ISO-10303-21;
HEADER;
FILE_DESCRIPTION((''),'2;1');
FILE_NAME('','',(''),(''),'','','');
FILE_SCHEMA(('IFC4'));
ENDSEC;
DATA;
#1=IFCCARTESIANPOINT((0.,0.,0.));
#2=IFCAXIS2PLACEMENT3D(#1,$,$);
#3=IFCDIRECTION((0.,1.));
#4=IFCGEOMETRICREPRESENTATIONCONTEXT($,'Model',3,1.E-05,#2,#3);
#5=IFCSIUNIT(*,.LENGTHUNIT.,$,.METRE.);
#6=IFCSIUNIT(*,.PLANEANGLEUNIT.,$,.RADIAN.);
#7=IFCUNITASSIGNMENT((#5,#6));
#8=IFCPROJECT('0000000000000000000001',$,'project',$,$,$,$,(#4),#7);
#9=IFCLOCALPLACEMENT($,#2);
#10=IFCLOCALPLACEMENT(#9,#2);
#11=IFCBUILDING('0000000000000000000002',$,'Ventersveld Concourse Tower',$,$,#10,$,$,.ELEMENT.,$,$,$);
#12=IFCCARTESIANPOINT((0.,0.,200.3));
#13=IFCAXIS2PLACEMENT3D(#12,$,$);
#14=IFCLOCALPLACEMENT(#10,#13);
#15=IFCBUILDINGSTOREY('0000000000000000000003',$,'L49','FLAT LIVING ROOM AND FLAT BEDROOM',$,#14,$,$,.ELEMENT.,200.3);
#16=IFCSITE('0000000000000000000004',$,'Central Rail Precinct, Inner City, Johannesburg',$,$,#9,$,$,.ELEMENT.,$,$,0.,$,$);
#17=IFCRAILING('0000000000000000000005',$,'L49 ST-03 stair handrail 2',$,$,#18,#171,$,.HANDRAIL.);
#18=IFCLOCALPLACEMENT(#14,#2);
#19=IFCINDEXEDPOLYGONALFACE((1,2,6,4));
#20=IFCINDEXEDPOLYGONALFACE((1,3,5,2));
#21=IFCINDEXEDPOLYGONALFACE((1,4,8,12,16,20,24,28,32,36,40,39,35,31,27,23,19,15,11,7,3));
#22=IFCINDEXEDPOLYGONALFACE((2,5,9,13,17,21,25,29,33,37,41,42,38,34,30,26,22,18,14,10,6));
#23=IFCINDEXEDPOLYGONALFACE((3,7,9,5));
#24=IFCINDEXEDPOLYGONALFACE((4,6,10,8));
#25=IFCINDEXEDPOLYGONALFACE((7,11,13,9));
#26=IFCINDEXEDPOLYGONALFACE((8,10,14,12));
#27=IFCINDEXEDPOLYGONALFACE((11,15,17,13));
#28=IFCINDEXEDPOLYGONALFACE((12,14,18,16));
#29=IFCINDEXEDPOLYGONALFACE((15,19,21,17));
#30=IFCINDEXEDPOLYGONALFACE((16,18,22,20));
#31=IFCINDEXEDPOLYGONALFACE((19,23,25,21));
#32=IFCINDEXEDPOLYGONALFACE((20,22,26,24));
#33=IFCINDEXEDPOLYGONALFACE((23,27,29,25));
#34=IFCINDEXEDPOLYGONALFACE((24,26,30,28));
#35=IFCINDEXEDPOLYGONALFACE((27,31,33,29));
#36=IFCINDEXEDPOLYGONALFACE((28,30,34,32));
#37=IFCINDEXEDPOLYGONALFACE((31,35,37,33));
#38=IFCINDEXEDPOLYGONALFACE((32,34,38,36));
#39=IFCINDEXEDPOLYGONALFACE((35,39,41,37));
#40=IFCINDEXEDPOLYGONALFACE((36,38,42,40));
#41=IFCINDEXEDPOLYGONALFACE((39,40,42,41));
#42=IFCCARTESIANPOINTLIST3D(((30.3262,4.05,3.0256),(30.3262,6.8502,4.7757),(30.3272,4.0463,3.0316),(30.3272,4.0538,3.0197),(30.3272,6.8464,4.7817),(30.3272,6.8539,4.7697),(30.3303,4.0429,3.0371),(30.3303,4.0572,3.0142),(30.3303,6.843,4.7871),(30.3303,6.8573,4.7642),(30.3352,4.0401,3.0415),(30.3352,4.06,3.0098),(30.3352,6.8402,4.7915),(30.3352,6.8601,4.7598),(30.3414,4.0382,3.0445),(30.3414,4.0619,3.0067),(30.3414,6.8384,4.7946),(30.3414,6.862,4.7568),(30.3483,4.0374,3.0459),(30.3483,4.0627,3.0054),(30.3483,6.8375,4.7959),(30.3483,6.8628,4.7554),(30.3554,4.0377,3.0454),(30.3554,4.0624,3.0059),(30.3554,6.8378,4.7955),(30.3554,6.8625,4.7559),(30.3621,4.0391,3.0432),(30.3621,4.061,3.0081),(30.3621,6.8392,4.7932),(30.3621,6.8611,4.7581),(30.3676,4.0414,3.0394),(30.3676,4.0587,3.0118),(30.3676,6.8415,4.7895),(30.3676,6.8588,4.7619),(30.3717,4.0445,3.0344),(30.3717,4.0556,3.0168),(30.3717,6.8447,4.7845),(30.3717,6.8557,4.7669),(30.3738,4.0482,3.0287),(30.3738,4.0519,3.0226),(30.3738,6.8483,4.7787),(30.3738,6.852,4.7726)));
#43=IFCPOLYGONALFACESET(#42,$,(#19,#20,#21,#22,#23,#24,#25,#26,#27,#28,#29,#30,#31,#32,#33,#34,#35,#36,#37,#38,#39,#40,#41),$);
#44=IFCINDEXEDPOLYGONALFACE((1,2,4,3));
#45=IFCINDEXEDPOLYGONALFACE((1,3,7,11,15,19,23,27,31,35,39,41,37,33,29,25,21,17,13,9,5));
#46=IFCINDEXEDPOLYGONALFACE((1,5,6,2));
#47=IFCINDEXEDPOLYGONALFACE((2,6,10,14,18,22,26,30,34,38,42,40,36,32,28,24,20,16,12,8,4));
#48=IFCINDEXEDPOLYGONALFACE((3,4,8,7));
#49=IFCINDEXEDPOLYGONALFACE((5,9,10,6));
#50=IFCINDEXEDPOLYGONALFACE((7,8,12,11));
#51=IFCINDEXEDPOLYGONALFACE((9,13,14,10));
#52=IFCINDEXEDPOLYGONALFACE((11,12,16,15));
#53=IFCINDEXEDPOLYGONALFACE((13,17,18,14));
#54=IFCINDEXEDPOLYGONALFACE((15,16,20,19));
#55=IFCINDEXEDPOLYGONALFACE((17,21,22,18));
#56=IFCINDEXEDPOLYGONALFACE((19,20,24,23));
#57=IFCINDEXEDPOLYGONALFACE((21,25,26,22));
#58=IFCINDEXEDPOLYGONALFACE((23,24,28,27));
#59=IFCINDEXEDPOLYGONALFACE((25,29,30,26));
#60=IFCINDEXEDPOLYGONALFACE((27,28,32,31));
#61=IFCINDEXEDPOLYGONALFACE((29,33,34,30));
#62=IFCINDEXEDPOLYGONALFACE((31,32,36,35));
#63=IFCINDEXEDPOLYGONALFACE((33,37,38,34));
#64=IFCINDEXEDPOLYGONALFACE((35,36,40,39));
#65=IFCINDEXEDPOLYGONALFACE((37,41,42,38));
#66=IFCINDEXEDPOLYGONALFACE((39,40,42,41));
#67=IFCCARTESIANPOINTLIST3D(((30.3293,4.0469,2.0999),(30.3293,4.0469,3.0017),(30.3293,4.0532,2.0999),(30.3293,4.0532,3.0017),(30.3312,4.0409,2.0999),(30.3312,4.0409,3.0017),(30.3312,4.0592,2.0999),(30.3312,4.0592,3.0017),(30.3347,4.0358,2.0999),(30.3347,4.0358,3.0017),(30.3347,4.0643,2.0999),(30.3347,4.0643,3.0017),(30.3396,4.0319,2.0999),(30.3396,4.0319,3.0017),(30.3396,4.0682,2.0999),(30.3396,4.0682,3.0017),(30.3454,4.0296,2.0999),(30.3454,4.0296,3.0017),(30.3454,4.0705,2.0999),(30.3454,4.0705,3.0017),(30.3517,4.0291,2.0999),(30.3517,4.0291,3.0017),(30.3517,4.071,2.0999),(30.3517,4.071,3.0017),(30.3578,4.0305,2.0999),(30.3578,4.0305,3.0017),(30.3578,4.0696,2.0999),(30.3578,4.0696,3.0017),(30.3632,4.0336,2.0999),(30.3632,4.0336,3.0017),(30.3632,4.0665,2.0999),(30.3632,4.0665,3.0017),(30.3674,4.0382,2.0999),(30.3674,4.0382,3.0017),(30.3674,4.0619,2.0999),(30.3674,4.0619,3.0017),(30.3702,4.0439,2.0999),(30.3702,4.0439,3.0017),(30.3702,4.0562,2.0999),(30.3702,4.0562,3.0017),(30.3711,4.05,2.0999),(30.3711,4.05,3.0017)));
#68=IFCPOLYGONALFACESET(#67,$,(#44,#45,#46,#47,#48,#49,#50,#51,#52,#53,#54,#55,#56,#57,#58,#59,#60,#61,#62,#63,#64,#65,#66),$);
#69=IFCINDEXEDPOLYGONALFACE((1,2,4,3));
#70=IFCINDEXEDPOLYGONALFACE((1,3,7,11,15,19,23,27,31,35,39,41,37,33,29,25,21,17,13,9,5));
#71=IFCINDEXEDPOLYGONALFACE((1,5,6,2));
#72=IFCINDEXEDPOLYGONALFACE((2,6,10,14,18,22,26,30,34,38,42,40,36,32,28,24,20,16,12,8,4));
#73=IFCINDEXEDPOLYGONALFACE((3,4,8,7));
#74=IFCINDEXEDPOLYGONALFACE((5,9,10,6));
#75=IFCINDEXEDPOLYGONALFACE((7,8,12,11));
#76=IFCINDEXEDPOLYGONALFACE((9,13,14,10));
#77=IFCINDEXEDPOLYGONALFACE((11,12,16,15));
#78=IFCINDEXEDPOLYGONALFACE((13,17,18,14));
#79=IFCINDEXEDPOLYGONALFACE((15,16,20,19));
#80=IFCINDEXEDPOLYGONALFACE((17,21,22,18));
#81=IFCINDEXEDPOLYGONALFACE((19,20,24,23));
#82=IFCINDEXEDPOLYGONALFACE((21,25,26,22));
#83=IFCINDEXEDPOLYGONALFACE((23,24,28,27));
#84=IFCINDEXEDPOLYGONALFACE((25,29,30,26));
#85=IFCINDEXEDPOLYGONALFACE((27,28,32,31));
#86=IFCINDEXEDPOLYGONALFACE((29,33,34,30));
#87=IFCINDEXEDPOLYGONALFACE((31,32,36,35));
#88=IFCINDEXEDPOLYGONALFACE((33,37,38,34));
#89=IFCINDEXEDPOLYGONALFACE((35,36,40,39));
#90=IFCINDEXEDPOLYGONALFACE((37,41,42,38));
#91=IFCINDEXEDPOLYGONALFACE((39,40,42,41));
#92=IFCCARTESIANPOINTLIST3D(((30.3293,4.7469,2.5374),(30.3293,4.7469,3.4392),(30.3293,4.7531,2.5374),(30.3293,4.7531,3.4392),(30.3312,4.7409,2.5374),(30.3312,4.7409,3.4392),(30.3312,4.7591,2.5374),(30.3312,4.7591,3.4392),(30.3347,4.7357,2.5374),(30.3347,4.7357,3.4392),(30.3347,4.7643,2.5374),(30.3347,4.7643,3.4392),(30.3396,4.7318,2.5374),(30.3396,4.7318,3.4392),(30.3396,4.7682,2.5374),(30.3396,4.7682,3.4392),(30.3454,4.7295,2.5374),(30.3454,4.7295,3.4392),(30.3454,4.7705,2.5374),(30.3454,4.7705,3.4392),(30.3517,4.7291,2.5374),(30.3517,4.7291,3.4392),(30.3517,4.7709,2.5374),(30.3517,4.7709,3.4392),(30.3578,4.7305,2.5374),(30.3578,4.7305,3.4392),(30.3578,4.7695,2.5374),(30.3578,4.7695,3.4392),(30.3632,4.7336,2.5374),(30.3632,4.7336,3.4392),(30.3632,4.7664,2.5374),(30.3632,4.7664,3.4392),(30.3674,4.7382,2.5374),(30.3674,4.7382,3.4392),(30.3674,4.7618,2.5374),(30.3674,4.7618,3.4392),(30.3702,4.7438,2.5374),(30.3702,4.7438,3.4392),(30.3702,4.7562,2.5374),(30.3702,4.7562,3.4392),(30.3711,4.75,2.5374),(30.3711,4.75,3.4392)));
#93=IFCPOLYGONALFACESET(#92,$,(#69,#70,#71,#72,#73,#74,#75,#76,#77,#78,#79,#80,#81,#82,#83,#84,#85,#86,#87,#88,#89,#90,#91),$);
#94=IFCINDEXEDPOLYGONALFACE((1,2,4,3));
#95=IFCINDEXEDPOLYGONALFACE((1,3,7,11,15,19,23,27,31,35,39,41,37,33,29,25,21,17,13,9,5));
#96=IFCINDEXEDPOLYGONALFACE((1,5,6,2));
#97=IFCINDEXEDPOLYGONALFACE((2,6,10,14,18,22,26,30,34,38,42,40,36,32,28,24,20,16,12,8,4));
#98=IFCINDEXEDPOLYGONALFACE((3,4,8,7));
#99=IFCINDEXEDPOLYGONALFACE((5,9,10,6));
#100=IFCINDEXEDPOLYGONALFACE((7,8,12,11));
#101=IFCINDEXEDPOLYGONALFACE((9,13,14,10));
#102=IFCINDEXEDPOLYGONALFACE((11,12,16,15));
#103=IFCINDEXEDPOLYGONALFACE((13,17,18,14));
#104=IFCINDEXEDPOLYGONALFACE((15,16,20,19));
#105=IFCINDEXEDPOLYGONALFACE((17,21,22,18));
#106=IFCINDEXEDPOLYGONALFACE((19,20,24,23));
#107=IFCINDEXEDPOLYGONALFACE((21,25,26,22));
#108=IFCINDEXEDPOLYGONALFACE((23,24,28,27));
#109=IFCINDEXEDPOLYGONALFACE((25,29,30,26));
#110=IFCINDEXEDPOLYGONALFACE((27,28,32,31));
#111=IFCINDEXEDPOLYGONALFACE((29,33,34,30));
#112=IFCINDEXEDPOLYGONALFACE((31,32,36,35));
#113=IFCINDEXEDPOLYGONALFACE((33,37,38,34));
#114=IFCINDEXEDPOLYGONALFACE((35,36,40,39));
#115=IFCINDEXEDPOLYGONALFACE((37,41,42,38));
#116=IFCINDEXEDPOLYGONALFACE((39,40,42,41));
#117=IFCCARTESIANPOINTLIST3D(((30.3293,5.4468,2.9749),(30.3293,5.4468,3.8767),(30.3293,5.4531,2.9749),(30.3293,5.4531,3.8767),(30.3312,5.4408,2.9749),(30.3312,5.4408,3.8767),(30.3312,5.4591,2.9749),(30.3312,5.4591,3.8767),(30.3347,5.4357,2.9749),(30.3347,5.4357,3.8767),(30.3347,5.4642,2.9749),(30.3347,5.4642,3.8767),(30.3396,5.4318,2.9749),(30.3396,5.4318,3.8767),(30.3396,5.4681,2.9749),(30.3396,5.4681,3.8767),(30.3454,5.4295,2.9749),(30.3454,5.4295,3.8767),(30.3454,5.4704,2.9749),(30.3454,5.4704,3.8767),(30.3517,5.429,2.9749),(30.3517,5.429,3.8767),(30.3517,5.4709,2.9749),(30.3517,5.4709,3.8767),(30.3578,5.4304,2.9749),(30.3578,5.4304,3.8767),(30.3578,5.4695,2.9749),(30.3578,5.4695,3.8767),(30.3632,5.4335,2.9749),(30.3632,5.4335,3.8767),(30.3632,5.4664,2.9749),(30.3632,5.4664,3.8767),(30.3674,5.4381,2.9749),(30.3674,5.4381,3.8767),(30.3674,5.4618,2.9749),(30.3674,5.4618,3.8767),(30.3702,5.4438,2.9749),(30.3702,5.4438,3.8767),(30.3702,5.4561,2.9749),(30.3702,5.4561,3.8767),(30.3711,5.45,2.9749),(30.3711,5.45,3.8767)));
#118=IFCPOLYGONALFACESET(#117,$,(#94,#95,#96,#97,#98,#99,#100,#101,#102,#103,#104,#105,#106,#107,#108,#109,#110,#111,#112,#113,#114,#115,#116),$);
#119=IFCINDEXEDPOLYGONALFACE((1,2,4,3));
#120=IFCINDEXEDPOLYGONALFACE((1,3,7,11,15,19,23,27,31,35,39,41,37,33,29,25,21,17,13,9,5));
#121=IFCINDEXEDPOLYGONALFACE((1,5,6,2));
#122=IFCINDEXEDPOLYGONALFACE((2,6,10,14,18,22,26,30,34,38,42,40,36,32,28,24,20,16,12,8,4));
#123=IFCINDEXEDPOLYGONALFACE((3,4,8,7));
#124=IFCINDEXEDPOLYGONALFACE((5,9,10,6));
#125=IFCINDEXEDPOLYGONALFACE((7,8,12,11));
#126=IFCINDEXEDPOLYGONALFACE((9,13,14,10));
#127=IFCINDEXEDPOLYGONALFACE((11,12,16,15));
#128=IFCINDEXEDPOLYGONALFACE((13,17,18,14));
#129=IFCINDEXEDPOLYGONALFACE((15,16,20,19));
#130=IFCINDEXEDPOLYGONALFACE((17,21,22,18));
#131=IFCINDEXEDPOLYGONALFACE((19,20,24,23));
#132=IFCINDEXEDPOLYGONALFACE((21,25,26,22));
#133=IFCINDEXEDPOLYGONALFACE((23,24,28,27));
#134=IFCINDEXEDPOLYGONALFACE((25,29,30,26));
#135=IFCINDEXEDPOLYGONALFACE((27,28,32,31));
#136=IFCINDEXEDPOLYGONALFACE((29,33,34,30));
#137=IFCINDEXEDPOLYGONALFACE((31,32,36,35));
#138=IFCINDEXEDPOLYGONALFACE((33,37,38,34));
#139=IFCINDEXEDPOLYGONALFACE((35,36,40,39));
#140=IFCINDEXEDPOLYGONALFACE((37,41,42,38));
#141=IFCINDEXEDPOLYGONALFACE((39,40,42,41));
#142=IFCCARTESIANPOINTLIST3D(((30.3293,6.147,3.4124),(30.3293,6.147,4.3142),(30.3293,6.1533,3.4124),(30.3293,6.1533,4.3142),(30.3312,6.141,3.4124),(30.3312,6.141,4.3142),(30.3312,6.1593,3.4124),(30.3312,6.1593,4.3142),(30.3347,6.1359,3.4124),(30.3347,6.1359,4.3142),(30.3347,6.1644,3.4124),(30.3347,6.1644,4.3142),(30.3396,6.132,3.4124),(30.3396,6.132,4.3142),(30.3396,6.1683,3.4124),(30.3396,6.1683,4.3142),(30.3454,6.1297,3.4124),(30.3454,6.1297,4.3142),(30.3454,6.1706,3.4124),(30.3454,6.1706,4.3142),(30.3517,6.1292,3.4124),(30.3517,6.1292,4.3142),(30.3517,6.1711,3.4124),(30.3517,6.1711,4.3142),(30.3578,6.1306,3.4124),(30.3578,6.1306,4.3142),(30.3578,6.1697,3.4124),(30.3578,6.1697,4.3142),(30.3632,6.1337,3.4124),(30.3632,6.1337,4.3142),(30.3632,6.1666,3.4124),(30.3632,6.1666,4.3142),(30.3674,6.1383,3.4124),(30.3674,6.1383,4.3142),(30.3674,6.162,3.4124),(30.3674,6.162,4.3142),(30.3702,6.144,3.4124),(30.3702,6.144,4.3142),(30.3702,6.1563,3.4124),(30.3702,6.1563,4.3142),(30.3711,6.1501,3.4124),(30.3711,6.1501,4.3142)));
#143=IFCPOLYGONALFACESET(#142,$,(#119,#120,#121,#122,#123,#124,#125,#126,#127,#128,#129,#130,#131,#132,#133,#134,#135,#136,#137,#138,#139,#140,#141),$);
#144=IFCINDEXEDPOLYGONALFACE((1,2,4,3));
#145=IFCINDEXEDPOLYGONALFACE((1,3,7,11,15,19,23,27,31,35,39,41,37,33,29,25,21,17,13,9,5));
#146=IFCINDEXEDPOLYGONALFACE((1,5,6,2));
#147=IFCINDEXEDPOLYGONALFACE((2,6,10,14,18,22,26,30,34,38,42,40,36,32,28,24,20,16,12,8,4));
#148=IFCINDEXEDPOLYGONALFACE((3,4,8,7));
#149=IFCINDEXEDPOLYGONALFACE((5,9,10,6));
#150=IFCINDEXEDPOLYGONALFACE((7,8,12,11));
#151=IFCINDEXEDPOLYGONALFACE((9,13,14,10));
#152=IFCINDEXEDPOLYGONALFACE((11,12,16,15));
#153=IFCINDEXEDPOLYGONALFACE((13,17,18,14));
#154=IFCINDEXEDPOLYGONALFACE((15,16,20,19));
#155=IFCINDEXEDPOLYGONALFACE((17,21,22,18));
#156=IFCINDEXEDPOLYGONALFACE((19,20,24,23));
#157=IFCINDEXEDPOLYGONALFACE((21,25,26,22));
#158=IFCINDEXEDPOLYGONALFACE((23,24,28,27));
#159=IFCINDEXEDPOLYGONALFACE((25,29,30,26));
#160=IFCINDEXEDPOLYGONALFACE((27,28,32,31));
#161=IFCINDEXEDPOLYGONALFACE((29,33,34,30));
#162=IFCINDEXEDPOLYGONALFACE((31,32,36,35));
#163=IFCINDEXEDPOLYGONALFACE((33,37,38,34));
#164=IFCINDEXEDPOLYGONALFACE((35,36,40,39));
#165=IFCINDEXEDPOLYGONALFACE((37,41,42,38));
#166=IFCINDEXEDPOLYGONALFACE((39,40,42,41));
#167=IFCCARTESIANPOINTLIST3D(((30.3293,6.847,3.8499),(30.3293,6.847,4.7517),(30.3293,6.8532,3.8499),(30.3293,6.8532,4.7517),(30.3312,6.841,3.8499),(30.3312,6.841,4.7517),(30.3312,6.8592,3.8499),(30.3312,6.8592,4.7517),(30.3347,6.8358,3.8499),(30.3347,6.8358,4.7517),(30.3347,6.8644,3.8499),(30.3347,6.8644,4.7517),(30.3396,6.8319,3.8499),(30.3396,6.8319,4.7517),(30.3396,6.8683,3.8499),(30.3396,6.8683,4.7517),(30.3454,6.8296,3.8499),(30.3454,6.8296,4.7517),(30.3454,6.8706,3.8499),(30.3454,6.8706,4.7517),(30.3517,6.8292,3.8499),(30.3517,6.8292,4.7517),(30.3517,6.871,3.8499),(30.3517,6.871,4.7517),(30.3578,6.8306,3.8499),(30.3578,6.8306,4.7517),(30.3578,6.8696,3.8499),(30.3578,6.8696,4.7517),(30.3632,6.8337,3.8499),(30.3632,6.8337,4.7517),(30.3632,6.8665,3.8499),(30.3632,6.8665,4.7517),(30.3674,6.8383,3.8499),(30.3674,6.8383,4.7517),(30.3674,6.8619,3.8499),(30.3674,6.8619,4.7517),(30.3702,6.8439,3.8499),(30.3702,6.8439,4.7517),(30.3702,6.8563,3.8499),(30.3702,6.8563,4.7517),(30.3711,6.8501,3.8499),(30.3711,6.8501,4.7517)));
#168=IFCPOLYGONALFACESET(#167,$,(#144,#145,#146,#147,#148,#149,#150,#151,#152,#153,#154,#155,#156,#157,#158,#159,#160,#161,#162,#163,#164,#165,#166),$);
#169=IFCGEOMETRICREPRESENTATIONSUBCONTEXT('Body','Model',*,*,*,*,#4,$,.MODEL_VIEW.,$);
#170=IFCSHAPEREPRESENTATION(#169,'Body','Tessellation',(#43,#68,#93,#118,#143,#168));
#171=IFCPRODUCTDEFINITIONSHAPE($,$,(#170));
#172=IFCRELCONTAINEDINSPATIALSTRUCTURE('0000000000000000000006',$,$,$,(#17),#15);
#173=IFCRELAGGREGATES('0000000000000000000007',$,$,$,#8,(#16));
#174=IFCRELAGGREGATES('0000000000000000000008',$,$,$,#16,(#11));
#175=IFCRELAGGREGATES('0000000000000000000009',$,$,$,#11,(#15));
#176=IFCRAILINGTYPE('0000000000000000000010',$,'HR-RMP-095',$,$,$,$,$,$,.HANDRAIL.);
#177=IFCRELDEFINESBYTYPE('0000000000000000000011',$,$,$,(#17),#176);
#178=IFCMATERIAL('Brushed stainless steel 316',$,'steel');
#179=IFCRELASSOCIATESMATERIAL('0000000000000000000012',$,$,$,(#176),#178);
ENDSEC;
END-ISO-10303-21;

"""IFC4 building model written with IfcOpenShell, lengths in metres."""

from ifc_helpers import new_model, si_unit, direction, frame, origin, origin_2d, place, context, subcontext, project, spatial, circle, extrude, material, type_object, element, save


model = new_model("IFC4")

# Units and contexts
model_context = context("Model", 3, precision=1e-05, world=origin(), true_north=direction((0.0, 1.0)))
body_context = subcontext(model_context, "Body", "Model", "MODEL_VIEW")
ifc_project = project(units=[si_unit("LENGTHUNIT", "METRE"), si_unit("PLANEANGLEUNIT", "RADIAN")], contexts=[model_context])

# Site, building, storey
site_placement = place(None, origin())
site = spatial("IfcSite", under=ifc_project, at=site_placement, Name="Central Rail Precinct, Inner City, Johannesburg", CompositionType="ELEMENT", RefElevation=0.0)
building_placement = place(site_placement, origin())
building = spatial("IfcBuilding", under=site, at=building_placement, Name="Ventersveld Concourse Tower", CompositionType="ELEMENT")
storey_placement = place(building_placement, frame((0.0, 0.0, 200.3)))
storey = spatial("IfcBuildingStorey", under=building, at=storey_placement, Name="L49", Description="FLAT LIVING ROOM AND FLAT BEDROOM", CompositionType="ELEMENT", Elevation=200.3)

# Shared definitions
ifc_material_1 = material(Name="Brushed stainless steel 316", Category="steel")

# Railing
railing_type_1 = type_object("IfcRailingType", Name="HR-RMP-095", PredefinedType="HANDRAIL", material=ifc_material_1)
railing_1_placement = place(storey_placement, frame((30.3501, 4.05, 2.0999)))
element("IfcRailing", 1, at=railing_1_placement, inside=storey, type_object=railing_type_1, Name="L49 ST-03 stair handrail 2", PredefinedType="HANDRAIL", context=body_context, shape_type="SweptSolid", body=[
    extrude(circle(Radius=0.0239, at=origin_2d()), frame((0.0, 0.0, 0.9258), z_axis=(0.0, 0.848002, 0.529992), x_axis=(-1.0, 0.0, 0.0)), (0.0, 0.0, 1.0), 3.302),
    extrude(circle(Radius=0.021, at=origin_2d()), origin(), (0.0, 0.0, 1.0), 0.9019),
    extrude(circle(Radius=0.021, at=origin_2d()), frame((0.0, 0.7, 0.4375)), (0.0, 0.0, 1.0), 0.9019),
    extrude(circle(Radius=0.021, at=origin_2d()), frame((0.0, 1.3999, 0.875)), (0.0, 0.0, 1.0), 0.9019),
    extrude(circle(Radius=0.021, at=origin_2d()), frame((0.0, 2.1001, 1.3125)), (0.0, 0.0, 1.0), 0.9019),
    extrude(circle(Radius=0.021, at=origin_2d()), frame((0.0, 2.8, 1.75)), (0.0, 0.0, 1.0), 0.9019),
])

save(model, "model.ifc")
